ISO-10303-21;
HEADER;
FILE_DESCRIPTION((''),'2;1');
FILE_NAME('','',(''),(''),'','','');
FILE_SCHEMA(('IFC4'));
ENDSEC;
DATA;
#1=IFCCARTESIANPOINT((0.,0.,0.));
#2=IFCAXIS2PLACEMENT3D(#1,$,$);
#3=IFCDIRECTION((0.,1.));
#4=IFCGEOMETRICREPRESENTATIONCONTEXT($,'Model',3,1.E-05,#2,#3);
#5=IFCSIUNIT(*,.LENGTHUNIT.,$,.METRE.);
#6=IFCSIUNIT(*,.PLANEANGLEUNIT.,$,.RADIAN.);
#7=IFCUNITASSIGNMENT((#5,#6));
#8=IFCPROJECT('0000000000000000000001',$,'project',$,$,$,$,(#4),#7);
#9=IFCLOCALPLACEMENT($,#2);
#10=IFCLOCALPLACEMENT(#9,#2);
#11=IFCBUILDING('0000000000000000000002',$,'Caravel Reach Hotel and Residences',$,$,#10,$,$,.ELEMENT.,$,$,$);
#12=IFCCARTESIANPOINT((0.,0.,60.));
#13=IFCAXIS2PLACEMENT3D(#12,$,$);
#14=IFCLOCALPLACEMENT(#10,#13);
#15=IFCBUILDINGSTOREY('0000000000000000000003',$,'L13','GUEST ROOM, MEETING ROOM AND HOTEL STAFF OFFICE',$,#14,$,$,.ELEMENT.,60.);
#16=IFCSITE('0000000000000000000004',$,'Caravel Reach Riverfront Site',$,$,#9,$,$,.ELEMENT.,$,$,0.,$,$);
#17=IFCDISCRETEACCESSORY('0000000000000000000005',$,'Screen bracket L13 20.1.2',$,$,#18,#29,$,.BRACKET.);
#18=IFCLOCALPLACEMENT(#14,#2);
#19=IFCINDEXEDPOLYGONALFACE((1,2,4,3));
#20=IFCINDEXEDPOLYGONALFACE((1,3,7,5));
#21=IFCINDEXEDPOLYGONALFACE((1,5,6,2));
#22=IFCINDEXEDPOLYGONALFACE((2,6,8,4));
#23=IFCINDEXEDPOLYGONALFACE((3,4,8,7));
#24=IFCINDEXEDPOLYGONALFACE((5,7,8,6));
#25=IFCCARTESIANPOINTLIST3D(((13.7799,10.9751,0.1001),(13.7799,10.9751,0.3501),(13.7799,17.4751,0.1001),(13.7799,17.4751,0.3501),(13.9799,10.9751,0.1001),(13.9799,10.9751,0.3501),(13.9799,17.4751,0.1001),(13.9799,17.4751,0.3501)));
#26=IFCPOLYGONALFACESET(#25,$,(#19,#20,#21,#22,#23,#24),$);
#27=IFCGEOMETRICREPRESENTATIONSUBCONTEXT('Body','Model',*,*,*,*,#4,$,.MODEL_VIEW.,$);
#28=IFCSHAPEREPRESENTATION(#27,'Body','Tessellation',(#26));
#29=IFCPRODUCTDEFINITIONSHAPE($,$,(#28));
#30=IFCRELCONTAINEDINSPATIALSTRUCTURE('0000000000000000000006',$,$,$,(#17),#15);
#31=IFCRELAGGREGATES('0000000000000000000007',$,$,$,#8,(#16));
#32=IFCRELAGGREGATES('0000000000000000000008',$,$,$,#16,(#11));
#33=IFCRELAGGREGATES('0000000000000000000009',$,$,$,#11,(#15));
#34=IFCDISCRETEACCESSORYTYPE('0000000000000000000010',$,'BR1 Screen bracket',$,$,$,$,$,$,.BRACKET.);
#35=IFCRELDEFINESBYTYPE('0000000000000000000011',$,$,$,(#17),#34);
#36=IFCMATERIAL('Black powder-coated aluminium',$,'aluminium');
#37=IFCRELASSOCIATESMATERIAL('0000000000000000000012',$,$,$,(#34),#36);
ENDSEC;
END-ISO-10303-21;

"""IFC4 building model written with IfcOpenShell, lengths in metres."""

from ifc_helpers import new_model, si_unit, direction, frame, origin, origin_2d, place, context, subcontext, project, spatial, rectangle, extrude, material, type_object, element, save


model = new_model("IFC4")

# Units and contexts
model_context = context("Model", 3, precision=1e-05, world=origin(), true_north=direction((0.0, 1.0)))
body_context = subcontext(model_context, "Body", "Model", "MODEL_VIEW")
ifc_project = project(units=[si_unit("LENGTHUNIT", "METRE"), si_unit("PLANEANGLEUNIT", "RADIAN")], contexts=[model_context])

# Site, building, storey
site_placement = place(None, origin())
site = spatial("IfcSite", under=ifc_project, at=site_placement, Name="Caravel Reach Riverfront Site", CompositionType="ELEMENT", RefElevation=0.0)
building_placement = place(site_placement, origin())
building = spatial("IfcBuilding", under=site, at=building_placement, Name="Caravel Reach Hotel and Residences", CompositionType="ELEMENT")
storey_placement = place(building_placement, frame((0.0, 0.0, 60.0)))
storey = spatial("IfcBuildingStorey", under=building, at=storey_placement, Name="L13", Description="GUEST ROOM, MEETING ROOM AND HOTEL STAFF OFFICE", CompositionType="ELEMENT", Elevation=60.0)

# Discrete accessory
ifc_material_1 = material(Name="Black powder-coated aluminium", Category="aluminium")
discrete_accessory_type = type_object("IfcDiscreteAccessoryType", Name="BR1 Screen bracket", PredefinedType="BRACKET", material=ifc_material_1)
discrete_accessory_1_placement = place(storey_placement, frame((13.8799, 14.2251, 0.1001), z_axis=(0.0, 0.0, 1.0), x_axis=(0.0, -1.0, 0.0)))
element("IfcDiscreteAccessory", 1, at=discrete_accessory_1_placement, inside=storey, type_object=discrete_accessory_type, Name="Screen bracket L13 20.1.2", PredefinedType="BRACKET", context=body_context, shape_type="SweptSolid", body=[
    extrude(rectangle(XDim=6.5, YDim=0.2, at=origin_2d()), origin(), (0.0, 0.0, 1.0), 0.25),
])

save(model, "model.ifc")
